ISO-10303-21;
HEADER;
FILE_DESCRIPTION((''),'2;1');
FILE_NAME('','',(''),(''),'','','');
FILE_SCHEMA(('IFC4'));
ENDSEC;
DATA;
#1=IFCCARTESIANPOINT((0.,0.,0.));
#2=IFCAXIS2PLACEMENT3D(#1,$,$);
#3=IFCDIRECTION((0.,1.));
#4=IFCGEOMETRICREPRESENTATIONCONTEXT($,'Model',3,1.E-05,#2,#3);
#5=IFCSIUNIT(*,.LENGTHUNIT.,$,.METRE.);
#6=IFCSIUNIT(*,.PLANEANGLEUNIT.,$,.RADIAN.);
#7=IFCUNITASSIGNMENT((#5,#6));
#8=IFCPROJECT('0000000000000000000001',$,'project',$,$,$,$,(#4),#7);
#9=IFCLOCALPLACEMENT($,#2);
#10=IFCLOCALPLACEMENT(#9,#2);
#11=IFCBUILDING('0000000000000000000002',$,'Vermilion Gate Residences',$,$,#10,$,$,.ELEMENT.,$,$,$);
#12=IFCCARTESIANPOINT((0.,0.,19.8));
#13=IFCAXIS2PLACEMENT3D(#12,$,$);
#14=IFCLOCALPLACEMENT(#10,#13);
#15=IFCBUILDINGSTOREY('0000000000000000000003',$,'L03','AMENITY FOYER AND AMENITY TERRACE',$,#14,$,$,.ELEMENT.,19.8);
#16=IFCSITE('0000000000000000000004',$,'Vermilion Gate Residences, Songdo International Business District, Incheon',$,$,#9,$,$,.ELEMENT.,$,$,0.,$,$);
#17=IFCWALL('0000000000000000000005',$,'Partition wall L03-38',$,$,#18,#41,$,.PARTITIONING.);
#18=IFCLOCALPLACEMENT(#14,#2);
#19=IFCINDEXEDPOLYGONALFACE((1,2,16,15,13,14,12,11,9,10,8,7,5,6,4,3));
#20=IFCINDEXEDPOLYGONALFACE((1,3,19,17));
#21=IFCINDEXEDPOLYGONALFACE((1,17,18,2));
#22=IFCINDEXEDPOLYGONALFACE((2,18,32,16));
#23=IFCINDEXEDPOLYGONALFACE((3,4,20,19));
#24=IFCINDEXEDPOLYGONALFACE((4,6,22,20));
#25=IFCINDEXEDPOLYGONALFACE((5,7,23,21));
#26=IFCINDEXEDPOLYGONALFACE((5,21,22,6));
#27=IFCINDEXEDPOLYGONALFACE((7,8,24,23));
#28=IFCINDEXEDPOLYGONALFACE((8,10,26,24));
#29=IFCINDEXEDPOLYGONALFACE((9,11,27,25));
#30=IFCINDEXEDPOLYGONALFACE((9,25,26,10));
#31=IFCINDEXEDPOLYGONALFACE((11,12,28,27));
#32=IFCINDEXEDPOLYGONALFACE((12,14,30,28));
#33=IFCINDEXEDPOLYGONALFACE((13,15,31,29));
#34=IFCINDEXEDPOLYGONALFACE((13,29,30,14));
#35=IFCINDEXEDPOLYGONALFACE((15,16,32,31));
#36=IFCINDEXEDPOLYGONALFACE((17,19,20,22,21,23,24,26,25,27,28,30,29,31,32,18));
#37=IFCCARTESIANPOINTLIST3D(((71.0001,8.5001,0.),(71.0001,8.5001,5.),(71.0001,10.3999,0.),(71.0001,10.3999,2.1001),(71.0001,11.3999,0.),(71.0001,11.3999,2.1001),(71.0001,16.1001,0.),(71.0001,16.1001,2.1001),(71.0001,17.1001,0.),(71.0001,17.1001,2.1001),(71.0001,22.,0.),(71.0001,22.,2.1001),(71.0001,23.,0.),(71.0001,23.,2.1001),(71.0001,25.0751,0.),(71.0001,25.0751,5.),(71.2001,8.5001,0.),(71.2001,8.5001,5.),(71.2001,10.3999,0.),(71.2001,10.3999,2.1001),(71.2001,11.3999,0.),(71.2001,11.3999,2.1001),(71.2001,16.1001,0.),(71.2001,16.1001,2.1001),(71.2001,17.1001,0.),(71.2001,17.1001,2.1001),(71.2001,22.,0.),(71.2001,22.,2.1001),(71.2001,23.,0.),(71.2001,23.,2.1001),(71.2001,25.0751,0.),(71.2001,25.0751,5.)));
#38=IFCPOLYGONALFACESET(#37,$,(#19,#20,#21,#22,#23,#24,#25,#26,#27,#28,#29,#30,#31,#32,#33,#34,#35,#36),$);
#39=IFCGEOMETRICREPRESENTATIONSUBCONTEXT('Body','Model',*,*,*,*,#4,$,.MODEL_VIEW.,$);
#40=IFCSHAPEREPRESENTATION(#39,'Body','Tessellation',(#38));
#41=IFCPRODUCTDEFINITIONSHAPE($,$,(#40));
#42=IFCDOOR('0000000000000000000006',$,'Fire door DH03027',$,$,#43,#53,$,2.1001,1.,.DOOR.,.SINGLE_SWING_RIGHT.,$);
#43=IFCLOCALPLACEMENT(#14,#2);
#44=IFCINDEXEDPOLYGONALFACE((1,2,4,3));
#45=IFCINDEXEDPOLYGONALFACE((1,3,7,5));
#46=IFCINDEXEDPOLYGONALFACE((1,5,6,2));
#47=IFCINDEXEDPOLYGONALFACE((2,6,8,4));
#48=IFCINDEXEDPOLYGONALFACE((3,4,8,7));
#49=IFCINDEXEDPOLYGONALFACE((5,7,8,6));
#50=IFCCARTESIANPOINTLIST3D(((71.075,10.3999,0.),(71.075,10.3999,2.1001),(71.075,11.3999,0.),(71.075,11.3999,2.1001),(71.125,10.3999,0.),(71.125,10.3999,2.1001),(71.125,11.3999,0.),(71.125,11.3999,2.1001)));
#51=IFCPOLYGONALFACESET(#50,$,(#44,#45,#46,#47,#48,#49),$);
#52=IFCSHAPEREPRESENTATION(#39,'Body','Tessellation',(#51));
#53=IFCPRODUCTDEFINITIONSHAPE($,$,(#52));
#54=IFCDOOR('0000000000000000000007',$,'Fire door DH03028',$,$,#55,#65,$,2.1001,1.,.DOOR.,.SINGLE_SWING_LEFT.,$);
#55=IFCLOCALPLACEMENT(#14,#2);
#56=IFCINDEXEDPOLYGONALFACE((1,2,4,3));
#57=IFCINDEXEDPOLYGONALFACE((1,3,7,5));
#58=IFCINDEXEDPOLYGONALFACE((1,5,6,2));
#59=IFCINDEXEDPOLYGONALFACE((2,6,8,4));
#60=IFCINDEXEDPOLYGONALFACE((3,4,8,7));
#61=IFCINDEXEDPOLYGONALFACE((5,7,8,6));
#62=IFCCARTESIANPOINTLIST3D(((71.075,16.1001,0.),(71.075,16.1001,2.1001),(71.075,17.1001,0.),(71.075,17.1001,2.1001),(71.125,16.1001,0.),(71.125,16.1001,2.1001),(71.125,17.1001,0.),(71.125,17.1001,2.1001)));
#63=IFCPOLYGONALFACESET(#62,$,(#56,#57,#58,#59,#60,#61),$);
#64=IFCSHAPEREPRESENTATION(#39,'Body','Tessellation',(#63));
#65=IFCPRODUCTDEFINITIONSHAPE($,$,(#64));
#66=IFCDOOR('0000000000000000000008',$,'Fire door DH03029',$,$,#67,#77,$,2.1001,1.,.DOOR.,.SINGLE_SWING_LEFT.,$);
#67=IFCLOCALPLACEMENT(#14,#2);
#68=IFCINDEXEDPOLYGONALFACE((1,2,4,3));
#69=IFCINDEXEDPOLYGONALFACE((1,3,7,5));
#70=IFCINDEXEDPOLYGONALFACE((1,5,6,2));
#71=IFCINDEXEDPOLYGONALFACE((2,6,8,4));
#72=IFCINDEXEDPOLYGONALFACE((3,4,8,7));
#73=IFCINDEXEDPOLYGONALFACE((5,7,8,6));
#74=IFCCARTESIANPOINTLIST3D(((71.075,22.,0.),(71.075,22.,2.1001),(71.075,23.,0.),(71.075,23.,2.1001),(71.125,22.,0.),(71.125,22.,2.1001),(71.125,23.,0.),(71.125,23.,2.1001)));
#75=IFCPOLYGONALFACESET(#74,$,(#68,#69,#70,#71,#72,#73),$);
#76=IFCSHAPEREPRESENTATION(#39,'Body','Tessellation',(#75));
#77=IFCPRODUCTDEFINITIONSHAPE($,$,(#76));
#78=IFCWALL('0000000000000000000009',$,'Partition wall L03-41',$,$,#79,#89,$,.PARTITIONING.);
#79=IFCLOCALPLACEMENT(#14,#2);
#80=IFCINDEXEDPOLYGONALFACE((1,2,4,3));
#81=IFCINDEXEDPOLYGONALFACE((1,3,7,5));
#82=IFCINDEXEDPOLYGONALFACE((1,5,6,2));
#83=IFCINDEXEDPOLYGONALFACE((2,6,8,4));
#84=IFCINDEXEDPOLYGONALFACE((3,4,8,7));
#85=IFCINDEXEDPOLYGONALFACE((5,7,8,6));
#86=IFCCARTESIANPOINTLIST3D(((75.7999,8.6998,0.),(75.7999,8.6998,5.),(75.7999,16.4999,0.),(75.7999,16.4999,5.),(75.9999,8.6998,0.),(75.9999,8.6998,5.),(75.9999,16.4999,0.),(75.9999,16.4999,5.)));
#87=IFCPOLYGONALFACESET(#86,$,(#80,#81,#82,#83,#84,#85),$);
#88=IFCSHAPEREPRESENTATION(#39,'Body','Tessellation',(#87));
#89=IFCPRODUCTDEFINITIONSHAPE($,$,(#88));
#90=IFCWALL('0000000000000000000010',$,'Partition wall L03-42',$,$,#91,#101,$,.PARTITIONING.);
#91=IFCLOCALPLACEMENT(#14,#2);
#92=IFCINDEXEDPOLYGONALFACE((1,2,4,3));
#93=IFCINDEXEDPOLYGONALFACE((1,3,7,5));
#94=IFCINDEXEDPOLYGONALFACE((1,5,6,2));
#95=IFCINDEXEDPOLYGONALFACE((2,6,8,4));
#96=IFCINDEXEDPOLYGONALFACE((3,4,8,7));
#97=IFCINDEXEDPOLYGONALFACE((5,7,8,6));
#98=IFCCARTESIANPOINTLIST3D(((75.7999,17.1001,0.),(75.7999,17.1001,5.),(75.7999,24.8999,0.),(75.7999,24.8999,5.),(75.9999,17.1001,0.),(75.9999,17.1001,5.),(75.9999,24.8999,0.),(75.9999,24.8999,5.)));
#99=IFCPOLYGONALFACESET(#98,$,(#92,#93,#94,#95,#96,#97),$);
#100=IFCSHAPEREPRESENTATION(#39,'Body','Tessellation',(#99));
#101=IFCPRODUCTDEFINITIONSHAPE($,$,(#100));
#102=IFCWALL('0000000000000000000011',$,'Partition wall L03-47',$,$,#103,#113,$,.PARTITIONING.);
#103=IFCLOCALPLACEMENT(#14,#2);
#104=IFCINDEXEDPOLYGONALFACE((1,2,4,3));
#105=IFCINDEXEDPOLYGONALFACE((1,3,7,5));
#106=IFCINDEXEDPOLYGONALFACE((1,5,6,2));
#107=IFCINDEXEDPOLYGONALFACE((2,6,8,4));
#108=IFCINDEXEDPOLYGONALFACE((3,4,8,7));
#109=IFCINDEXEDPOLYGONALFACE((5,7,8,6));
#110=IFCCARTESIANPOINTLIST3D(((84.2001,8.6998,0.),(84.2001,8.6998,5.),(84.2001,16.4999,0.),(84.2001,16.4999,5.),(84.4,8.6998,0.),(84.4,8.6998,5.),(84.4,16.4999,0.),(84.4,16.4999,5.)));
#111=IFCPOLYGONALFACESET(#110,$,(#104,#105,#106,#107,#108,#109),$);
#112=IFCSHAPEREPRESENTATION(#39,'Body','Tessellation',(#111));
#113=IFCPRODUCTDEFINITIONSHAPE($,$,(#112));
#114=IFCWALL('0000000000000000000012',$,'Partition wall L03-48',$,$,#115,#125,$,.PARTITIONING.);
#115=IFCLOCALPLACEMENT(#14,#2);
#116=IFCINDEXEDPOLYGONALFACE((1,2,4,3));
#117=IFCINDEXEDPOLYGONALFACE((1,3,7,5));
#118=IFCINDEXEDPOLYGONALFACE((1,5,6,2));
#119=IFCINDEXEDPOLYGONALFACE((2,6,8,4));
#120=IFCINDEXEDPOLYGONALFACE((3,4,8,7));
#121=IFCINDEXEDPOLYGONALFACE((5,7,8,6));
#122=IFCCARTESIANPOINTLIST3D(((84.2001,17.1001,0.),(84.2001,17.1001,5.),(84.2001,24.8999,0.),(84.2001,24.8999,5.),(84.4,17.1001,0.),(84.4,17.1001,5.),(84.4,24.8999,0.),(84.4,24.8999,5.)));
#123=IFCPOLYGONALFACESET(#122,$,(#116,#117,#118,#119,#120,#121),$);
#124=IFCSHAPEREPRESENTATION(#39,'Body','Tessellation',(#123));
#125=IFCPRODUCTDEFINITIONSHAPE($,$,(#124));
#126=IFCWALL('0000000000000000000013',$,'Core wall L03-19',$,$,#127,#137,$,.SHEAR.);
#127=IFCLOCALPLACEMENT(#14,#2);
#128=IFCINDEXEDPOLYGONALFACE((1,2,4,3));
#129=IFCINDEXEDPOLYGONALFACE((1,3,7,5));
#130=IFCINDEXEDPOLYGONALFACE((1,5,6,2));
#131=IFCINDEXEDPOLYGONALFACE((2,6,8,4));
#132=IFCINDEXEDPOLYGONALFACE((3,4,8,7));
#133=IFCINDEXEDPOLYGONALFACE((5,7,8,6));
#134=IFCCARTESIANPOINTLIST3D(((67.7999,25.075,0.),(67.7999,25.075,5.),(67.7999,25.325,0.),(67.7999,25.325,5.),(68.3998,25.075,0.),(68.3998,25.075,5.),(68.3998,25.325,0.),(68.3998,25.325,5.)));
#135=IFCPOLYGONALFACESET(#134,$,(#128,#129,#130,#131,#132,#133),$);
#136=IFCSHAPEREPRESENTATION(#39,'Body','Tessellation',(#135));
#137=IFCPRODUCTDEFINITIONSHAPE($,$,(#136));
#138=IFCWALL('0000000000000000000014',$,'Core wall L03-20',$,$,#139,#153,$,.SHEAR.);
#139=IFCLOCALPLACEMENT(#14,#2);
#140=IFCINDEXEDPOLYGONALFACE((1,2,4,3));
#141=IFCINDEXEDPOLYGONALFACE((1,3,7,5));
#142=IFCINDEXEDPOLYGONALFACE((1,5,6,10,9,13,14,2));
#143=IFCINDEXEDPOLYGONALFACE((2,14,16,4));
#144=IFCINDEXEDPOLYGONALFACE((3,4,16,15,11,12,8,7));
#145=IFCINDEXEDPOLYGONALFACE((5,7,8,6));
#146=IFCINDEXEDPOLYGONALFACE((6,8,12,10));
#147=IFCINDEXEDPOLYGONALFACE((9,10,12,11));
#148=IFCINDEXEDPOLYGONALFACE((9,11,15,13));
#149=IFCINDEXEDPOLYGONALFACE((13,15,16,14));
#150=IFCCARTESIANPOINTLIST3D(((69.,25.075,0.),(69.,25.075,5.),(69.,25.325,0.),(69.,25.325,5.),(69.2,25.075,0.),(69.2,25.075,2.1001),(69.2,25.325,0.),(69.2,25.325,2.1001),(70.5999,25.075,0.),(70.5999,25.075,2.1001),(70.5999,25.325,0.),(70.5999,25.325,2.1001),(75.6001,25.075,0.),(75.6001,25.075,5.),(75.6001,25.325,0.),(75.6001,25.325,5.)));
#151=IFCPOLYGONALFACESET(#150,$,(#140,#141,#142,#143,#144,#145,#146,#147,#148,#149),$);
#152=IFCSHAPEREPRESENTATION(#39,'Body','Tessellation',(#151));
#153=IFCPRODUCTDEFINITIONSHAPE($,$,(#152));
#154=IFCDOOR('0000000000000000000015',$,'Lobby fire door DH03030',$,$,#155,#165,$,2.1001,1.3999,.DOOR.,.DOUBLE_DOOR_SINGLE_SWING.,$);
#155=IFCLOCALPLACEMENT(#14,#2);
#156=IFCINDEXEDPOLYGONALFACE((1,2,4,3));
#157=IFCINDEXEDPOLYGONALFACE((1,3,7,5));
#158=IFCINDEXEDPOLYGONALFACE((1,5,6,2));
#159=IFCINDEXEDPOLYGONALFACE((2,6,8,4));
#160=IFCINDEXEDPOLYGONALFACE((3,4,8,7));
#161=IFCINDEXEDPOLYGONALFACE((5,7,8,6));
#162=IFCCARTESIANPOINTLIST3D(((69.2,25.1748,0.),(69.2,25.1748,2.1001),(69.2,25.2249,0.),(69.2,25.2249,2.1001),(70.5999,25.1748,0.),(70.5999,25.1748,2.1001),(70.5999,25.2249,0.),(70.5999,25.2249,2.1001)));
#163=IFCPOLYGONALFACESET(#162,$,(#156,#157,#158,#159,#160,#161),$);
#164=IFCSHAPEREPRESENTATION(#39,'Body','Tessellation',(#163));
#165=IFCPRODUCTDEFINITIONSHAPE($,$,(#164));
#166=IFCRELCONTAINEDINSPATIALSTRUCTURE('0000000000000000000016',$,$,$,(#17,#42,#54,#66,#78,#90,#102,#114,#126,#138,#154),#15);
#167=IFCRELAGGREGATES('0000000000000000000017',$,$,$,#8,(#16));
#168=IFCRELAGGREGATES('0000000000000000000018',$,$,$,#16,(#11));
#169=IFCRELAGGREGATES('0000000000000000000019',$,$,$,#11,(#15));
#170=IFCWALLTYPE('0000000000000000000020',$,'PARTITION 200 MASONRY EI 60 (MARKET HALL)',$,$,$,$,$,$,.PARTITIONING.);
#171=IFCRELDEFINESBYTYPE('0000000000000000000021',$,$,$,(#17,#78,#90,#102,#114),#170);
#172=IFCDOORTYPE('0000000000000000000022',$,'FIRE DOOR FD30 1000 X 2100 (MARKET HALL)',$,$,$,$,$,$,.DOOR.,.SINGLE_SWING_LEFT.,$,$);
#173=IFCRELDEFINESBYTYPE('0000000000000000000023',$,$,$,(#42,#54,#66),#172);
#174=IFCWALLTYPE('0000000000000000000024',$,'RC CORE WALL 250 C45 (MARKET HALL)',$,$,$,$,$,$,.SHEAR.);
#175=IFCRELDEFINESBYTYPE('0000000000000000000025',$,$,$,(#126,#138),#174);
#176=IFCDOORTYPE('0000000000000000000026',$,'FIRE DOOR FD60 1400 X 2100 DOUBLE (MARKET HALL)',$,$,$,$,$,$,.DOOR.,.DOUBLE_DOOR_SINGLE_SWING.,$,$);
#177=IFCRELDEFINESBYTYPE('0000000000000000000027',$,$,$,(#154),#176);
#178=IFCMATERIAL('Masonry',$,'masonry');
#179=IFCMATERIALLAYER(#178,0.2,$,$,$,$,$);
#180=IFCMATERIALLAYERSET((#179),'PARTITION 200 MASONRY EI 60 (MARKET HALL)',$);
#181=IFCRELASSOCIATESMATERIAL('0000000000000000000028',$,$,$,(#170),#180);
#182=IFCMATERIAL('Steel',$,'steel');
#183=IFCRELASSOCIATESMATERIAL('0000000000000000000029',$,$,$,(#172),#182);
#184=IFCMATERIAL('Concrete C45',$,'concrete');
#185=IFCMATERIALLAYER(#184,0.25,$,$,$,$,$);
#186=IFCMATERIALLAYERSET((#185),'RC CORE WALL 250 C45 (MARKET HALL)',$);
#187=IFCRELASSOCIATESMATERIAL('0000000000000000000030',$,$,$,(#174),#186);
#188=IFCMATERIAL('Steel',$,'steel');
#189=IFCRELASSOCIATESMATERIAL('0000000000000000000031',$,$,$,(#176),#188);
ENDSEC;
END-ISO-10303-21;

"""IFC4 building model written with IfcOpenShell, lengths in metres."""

from ifc_helpers import new_model, si_unit, direction, frame, frame_2d, origin, place, context, subcontext, project, spatial, rectangle, extrude, material, layer, layer_set, type_object, element, fill, save


model = new_model("IFC4")

# Units and contexts
model_context = context("Model", 3, precision=1e-05, world=origin(), true_north=direction((0.0, 1.0)))
body_context = subcontext(model_context, "Body", "Model", "MODEL_VIEW")
ifc_project = project(units=[si_unit("LENGTHUNIT", "METRE"), si_unit("PLANEANGLEUNIT", "RADIAN")], contexts=[model_context])

# Site, building, storey
site_placement = place(None, origin())
site = spatial("IfcSite", under=ifc_project, at=site_placement, Name="Vermilion Gate Residences, Songdo International Business District, Incheon", CompositionType="ELEMENT", RefElevation=0.0)
building_placement = place(site_placement, origin())
building = spatial("IfcBuilding", under=site, at=building_placement, Name="Vermilion Gate Residences", CompositionType="ELEMENT")
storey_placement = place(building_placement, frame((0.0, 0.0, 19.8)))
storey = spatial("IfcBuildingStorey", under=building, at=storey_placement, Name="L03", Description="AMENITY FOYER AND AMENITY TERRACE", CompositionType="ELEMENT", Elevation=19.8)

# Shared definitions
ifc_material_1 = material(Name="Masonry", Category="masonry")
ifc_layer_1 = layer(ifc_material_1, 0.2)
ifc_layer_set_1 = layer_set([ifc_layer_1], Name="PARTITION 200 MASONRY EI 60 (MARKET HALL)")
wall_type_1 = type_object("IfcWallType", Name="PARTITION 200 MASONRY EI 60 (MARKET HALL)", PredefinedType="PARTITIONING", material=ifc_layer_set_1)
ifc_material_2 = material(Name="Steel", Category="steel")
door_type_1 = type_object("IfcDoorType", Name="FIRE DOOR FD30 1000 X 2100 (MARKET HALL)", OperationType="SINGLE_SWING_LEFT", PredefinedType="DOOR", material=ifc_material_2)

# Wall, openings, doors
wall_1_placement = place(storey_placement, frame((71.1001, 8.5, 0.0), z_axis=(0.0, 0.0, 1.0), x_axis=(0.0, 1.0, 0.0)))
wall_1 = element("IfcWall", 1, at=wall_1_placement, inside=storey, type_object=wall_type_1, Name="Partition wall L03-38", PredefinedType="PARTITIONING", context=body_context, shape_type="SweptSolid", body=[
    extrude(rectangle(XDim=16.575, YDim=0.2, at=frame_2d((8.2876, 0.0))), origin(), (0.0, 0.0, 1.0), 5.0),
])
opening_1_placement = place(wall_1_placement, frame((1.8999, 0.0, 0.0)))
opening_1 = element("IfcOpeningElement", 2, at=opening_1_placement, cuts=wall_1, PredefinedType="OPENING", context=body_context, shape_type="SweptSolid", body=[
    extrude(rectangle(XDim=1.0, YDim=2.1001, at=frame_2d((0.5, 1.05))), frame((0.0, 0.1099, 0.0), z_axis=(0.0, -1.0, 0.0), x_axis=(1.0, 0.0, 0.0)), (0.0, 0.0, 1.0), 0.22),
])
opening_2_placement = place(wall_1_placement, frame((7.6001, 0.0, 0.0)))
opening_2 = element("IfcOpeningElement", 3, at=opening_2_placement, cuts=wall_1, PredefinedType="OPENING", context=body_context, shape_type="SweptSolid", body=[
    extrude(rectangle(XDim=1.0, YDim=2.1001, at=frame_2d((0.5, 1.05))), frame((0.0, 0.1099, 0.0), z_axis=(0.0, -1.0, 0.0), x_axis=(1.0, 0.0, 0.0)), (0.0, 0.0, 1.0), 0.22),
])
opening_3_placement = place(wall_1_placement, frame((13.5, 0.0, 0.0)))
opening_3 = element("IfcOpeningElement", 4, at=opening_3_placement, cuts=wall_1, PredefinedType="OPENING", context=body_context, shape_type="SweptSolid", body=[
    extrude(rectangle(XDim=1.0, YDim=2.1001, at=frame_2d((0.5, 1.05))), frame((0.0, 0.1099, 0.0), z_axis=(0.0, -1.0, 0.0), x_axis=(1.0, 0.0, 0.0)), (0.0, 0.0, 1.0), 0.22),
])
door_1_placement = place(opening_1_placement, frame((1.0, 0.0, 0.0), z_axis=(0.0, 0.0, 1.0), x_axis=(-1.0, 0.0, 0.0)))
door_1 = element("IfcDoor", 5, at=door_1_placement, inside=storey, type_object=door_type_1, Name="Fire door DH03027", OperationType="SINGLE_SWING_RIGHT", OverallHeight=2.1001, OverallWidth=1.0, PredefinedType="DOOR", context=body_context, shape_type="SweptSolid", body=[
    extrude(rectangle(XDim=1.0, YDim=2.1001, at=frame_2d((0.5, 1.05))), frame((0.0, 0.0249, 0.0), z_axis=(0.0, -1.0, 0.0), x_axis=(1.0, 0.0, 0.0)), (0.0, 0.0, 1.0), 0.05),
])
fill(opening_1, door_1)
door_2_placement = place(opening_2_placement, frame((1.0, 0.0, 0.0), z_axis=(0.0, 0.0, 1.0), x_axis=(-1.0, 0.0, 0.0)))
door_2 = element("IfcDoor", 6, at=door_2_placement, inside=storey, type_object=door_type_1, Name="Fire door DH03028", OperationType="SINGLE_SWING_LEFT", OverallHeight=2.1001, OverallWidth=1.0, PredefinedType="DOOR", context=body_context, shape_type="SweptSolid", body=[
    extrude(rectangle(XDim=1.0, YDim=2.1001, at=frame_2d((0.5, 1.05))), frame((0.0, 0.0249, 0.0), z_axis=(0.0, -1.0, 0.0), x_axis=(1.0, 0.0, 0.0)), (0.0, 0.0, 1.0), 0.05),
])
fill(opening_2, door_2)
door_3_placement = place(opening_3_placement, frame((1.0, 0.0, 0.0), z_axis=(0.0, 0.0, 1.0), x_axis=(-1.0, 0.0, 0.0)))
door_3 = element("IfcDoor", 7, at=door_3_placement, inside=storey, type_object=door_type_1, Name="Fire door DH03029", OperationType="SINGLE_SWING_LEFT", OverallHeight=2.1001, OverallWidth=1.0, PredefinedType="DOOR", context=body_context, shape_type="SweptSolid", body=[
    extrude(rectangle(XDim=1.0, YDim=2.1001, at=frame_2d((0.5, 1.05))), frame((0.0, 0.0249, 0.0), z_axis=(0.0, -1.0, 0.0), x_axis=(1.0, 0.0, 0.0)), (0.0, 0.0, 1.0), 0.05),
])
fill(opening_3, door_3)

# Walls
wall_2_placement = place(storey_placement, frame((75.8999, 8.7, 0.0), z_axis=(0.0, 0.0, 1.0), x_axis=(0.0, 1.0, 0.0)))
element("IfcWall", 8, at=wall_2_placement, inside=storey, type_object=wall_type_1, Name="Partition wall L03-41", PredefinedType="PARTITIONING", context=body_context, shape_type="SweptSolid", body=[
    extrude(rectangle(XDim=7.8, YDim=0.2, at=frame_2d((3.8999, 0.0))), origin(), (0.0, 0.0, 1.0), 5.0),
])
wall_3_placement = place(storey_placement, frame((75.8999, 17.1001, 0.0), z_axis=(0.0, 0.0, 1.0), x_axis=(0.0, 1.0, 0.0)))
element("IfcWall", 9, at=wall_3_placement, inside=storey, type_object=wall_type_1, Name="Partition wall L03-42", PredefinedType="PARTITIONING", context=body_context, shape_type="SweptSolid", body=[
    extrude(rectangle(XDim=7.7998, YDim=0.2, at=frame_2d((3.8999, 0.0))), origin(), (0.0, 0.0, 1.0), 5.0),
])
wall_4_placement = place(storey_placement, frame((84.3, 8.7, 0.0), z_axis=(0.0, 0.0, 1.0), x_axis=(0.0, 1.0, 0.0)))
element("IfcWall", 10, at=wall_4_placement, inside=storey, type_object=wall_type_1, Name="Partition wall L03-47", PredefinedType="PARTITIONING", context=body_context, shape_type="SweptSolid", body=[
    extrude(rectangle(XDim=7.8, YDim=0.2, at=frame_2d((3.8999, 0.0))), origin(), (0.0, 0.0, 1.0), 5.0),
])
wall_5_placement = place(storey_placement, frame((84.3, 17.1001, 0.0), z_axis=(0.0, 0.0, 1.0), x_axis=(0.0, 1.0, 0.0)))
element("IfcWall", 11, at=wall_5_placement, inside=storey, type_object=wall_type_1, Name="Partition wall L03-48", PredefinedType="PARTITIONING", context=body_context, shape_type="SweptSolid", body=[
    extrude(rectangle(XDim=7.7998, YDim=0.2, at=frame_2d((3.8999, 0.0))), origin(), (0.0, 0.0, 1.0), 5.0),
])
ifc_material_3 = material(Name="Concrete C45", Category="concrete")
ifc_layer_2 = layer(ifc_material_3, 0.25)
ifc_layer_set_2 = layer_set([ifc_layer_2], Name="RC CORE WALL 250 C45 (MARKET HALL)")
wall_type_2 = type_object("IfcWallType", Name="RC CORE WALL 250 C45 (MARKET HALL)", PredefinedType="SHEAR", material=ifc_layer_set_2)
wall_6_placement = place(storey_placement, frame((67.8, 25.2, 0.0), z_axis=(0.0, 0.0, 1.0), x_axis=(1.0, 0.0, 0.0)))
element("IfcWall", 12, at=wall_6_placement, inside=storey, type_object=wall_type_2, Name="Core wall L03-19", PredefinedType="SHEAR", context=body_context, shape_type="SweptSolid", body=[
    extrude(rectangle(XDim=0.5999, YDim=0.25, at=frame_2d((0.2998, 0.0))), origin(), (0.0, 0.0, 1.0), 5.0),
])

# Wall, opening, door
wall_7_placement = place(storey_placement, frame((69.0, 25.2, 0.0), z_axis=(0.0, 0.0, 1.0), x_axis=(1.0, 0.0, 0.0)))
wall_7 = element("IfcWall", 13, at=wall_7_placement, inside=storey, type_object=wall_type_2, Name="Core wall L03-20", PredefinedType="SHEAR", context=body_context, shape_type="SweptSolid", body=[
    extrude(rectangle(XDim=6.6001, YDim=0.25, at=frame_2d((3.3, 0.0))), origin(), (0.0, 0.0, 1.0), 5.0),
])
opening_4_placement = place(wall_7_placement, frame((0.2, 0.0, 0.0)))
opening_4 = element("IfcOpeningElement", 14, at=opening_4_placement, cuts=wall_7, PredefinedType="OPENING", context=body_context, shape_type="SweptSolid", body=[
    extrude(rectangle(XDim=1.3999, YDim=2.1001, at=frame_2d((0.7, 1.05))), frame((0.0, 0.135, 0.0), z_axis=(0.0, -1.0, 0.0), x_axis=(1.0, 0.0, 0.0)), (0.0, 0.0, 1.0), 0.27),
])
ifc_material_4 = material(Name="Steel", Category="steel")
door_type_2 = type_object("IfcDoorType", Name="FIRE DOOR FD60 1400 X 2100 DOUBLE (MARKET HALL)", OperationType="DOUBLE_DOOR_SINGLE_SWING", PredefinedType="DOOR", material=ifc_material_4)
door_4_placement = place(opening_4_placement, origin())
door_4 = element("IfcDoor", 15, at=door_4_placement, inside=storey, type_object=door_type_2, Name="Lobby fire door DH03030", OperationType="DOUBLE_DOOR_SINGLE_SWING", OverallHeight=2.1001, OverallWidth=1.3999, PredefinedType="DOOR", context=body_context, shape_type="SweptSolid", body=[
    extrude(rectangle(XDim=1.3999, YDim=2.1001, at=frame_2d((0.7, 1.05))), frame((0.0, 0.0249, 0.0), z_axis=(0.0, -1.0, 0.0), x_axis=(1.0, 0.0, 0.0)), (0.0, 0.0, 1.0), 0.05),
])
fill(opening_4, door_4)

save(model, "model.ifc")
